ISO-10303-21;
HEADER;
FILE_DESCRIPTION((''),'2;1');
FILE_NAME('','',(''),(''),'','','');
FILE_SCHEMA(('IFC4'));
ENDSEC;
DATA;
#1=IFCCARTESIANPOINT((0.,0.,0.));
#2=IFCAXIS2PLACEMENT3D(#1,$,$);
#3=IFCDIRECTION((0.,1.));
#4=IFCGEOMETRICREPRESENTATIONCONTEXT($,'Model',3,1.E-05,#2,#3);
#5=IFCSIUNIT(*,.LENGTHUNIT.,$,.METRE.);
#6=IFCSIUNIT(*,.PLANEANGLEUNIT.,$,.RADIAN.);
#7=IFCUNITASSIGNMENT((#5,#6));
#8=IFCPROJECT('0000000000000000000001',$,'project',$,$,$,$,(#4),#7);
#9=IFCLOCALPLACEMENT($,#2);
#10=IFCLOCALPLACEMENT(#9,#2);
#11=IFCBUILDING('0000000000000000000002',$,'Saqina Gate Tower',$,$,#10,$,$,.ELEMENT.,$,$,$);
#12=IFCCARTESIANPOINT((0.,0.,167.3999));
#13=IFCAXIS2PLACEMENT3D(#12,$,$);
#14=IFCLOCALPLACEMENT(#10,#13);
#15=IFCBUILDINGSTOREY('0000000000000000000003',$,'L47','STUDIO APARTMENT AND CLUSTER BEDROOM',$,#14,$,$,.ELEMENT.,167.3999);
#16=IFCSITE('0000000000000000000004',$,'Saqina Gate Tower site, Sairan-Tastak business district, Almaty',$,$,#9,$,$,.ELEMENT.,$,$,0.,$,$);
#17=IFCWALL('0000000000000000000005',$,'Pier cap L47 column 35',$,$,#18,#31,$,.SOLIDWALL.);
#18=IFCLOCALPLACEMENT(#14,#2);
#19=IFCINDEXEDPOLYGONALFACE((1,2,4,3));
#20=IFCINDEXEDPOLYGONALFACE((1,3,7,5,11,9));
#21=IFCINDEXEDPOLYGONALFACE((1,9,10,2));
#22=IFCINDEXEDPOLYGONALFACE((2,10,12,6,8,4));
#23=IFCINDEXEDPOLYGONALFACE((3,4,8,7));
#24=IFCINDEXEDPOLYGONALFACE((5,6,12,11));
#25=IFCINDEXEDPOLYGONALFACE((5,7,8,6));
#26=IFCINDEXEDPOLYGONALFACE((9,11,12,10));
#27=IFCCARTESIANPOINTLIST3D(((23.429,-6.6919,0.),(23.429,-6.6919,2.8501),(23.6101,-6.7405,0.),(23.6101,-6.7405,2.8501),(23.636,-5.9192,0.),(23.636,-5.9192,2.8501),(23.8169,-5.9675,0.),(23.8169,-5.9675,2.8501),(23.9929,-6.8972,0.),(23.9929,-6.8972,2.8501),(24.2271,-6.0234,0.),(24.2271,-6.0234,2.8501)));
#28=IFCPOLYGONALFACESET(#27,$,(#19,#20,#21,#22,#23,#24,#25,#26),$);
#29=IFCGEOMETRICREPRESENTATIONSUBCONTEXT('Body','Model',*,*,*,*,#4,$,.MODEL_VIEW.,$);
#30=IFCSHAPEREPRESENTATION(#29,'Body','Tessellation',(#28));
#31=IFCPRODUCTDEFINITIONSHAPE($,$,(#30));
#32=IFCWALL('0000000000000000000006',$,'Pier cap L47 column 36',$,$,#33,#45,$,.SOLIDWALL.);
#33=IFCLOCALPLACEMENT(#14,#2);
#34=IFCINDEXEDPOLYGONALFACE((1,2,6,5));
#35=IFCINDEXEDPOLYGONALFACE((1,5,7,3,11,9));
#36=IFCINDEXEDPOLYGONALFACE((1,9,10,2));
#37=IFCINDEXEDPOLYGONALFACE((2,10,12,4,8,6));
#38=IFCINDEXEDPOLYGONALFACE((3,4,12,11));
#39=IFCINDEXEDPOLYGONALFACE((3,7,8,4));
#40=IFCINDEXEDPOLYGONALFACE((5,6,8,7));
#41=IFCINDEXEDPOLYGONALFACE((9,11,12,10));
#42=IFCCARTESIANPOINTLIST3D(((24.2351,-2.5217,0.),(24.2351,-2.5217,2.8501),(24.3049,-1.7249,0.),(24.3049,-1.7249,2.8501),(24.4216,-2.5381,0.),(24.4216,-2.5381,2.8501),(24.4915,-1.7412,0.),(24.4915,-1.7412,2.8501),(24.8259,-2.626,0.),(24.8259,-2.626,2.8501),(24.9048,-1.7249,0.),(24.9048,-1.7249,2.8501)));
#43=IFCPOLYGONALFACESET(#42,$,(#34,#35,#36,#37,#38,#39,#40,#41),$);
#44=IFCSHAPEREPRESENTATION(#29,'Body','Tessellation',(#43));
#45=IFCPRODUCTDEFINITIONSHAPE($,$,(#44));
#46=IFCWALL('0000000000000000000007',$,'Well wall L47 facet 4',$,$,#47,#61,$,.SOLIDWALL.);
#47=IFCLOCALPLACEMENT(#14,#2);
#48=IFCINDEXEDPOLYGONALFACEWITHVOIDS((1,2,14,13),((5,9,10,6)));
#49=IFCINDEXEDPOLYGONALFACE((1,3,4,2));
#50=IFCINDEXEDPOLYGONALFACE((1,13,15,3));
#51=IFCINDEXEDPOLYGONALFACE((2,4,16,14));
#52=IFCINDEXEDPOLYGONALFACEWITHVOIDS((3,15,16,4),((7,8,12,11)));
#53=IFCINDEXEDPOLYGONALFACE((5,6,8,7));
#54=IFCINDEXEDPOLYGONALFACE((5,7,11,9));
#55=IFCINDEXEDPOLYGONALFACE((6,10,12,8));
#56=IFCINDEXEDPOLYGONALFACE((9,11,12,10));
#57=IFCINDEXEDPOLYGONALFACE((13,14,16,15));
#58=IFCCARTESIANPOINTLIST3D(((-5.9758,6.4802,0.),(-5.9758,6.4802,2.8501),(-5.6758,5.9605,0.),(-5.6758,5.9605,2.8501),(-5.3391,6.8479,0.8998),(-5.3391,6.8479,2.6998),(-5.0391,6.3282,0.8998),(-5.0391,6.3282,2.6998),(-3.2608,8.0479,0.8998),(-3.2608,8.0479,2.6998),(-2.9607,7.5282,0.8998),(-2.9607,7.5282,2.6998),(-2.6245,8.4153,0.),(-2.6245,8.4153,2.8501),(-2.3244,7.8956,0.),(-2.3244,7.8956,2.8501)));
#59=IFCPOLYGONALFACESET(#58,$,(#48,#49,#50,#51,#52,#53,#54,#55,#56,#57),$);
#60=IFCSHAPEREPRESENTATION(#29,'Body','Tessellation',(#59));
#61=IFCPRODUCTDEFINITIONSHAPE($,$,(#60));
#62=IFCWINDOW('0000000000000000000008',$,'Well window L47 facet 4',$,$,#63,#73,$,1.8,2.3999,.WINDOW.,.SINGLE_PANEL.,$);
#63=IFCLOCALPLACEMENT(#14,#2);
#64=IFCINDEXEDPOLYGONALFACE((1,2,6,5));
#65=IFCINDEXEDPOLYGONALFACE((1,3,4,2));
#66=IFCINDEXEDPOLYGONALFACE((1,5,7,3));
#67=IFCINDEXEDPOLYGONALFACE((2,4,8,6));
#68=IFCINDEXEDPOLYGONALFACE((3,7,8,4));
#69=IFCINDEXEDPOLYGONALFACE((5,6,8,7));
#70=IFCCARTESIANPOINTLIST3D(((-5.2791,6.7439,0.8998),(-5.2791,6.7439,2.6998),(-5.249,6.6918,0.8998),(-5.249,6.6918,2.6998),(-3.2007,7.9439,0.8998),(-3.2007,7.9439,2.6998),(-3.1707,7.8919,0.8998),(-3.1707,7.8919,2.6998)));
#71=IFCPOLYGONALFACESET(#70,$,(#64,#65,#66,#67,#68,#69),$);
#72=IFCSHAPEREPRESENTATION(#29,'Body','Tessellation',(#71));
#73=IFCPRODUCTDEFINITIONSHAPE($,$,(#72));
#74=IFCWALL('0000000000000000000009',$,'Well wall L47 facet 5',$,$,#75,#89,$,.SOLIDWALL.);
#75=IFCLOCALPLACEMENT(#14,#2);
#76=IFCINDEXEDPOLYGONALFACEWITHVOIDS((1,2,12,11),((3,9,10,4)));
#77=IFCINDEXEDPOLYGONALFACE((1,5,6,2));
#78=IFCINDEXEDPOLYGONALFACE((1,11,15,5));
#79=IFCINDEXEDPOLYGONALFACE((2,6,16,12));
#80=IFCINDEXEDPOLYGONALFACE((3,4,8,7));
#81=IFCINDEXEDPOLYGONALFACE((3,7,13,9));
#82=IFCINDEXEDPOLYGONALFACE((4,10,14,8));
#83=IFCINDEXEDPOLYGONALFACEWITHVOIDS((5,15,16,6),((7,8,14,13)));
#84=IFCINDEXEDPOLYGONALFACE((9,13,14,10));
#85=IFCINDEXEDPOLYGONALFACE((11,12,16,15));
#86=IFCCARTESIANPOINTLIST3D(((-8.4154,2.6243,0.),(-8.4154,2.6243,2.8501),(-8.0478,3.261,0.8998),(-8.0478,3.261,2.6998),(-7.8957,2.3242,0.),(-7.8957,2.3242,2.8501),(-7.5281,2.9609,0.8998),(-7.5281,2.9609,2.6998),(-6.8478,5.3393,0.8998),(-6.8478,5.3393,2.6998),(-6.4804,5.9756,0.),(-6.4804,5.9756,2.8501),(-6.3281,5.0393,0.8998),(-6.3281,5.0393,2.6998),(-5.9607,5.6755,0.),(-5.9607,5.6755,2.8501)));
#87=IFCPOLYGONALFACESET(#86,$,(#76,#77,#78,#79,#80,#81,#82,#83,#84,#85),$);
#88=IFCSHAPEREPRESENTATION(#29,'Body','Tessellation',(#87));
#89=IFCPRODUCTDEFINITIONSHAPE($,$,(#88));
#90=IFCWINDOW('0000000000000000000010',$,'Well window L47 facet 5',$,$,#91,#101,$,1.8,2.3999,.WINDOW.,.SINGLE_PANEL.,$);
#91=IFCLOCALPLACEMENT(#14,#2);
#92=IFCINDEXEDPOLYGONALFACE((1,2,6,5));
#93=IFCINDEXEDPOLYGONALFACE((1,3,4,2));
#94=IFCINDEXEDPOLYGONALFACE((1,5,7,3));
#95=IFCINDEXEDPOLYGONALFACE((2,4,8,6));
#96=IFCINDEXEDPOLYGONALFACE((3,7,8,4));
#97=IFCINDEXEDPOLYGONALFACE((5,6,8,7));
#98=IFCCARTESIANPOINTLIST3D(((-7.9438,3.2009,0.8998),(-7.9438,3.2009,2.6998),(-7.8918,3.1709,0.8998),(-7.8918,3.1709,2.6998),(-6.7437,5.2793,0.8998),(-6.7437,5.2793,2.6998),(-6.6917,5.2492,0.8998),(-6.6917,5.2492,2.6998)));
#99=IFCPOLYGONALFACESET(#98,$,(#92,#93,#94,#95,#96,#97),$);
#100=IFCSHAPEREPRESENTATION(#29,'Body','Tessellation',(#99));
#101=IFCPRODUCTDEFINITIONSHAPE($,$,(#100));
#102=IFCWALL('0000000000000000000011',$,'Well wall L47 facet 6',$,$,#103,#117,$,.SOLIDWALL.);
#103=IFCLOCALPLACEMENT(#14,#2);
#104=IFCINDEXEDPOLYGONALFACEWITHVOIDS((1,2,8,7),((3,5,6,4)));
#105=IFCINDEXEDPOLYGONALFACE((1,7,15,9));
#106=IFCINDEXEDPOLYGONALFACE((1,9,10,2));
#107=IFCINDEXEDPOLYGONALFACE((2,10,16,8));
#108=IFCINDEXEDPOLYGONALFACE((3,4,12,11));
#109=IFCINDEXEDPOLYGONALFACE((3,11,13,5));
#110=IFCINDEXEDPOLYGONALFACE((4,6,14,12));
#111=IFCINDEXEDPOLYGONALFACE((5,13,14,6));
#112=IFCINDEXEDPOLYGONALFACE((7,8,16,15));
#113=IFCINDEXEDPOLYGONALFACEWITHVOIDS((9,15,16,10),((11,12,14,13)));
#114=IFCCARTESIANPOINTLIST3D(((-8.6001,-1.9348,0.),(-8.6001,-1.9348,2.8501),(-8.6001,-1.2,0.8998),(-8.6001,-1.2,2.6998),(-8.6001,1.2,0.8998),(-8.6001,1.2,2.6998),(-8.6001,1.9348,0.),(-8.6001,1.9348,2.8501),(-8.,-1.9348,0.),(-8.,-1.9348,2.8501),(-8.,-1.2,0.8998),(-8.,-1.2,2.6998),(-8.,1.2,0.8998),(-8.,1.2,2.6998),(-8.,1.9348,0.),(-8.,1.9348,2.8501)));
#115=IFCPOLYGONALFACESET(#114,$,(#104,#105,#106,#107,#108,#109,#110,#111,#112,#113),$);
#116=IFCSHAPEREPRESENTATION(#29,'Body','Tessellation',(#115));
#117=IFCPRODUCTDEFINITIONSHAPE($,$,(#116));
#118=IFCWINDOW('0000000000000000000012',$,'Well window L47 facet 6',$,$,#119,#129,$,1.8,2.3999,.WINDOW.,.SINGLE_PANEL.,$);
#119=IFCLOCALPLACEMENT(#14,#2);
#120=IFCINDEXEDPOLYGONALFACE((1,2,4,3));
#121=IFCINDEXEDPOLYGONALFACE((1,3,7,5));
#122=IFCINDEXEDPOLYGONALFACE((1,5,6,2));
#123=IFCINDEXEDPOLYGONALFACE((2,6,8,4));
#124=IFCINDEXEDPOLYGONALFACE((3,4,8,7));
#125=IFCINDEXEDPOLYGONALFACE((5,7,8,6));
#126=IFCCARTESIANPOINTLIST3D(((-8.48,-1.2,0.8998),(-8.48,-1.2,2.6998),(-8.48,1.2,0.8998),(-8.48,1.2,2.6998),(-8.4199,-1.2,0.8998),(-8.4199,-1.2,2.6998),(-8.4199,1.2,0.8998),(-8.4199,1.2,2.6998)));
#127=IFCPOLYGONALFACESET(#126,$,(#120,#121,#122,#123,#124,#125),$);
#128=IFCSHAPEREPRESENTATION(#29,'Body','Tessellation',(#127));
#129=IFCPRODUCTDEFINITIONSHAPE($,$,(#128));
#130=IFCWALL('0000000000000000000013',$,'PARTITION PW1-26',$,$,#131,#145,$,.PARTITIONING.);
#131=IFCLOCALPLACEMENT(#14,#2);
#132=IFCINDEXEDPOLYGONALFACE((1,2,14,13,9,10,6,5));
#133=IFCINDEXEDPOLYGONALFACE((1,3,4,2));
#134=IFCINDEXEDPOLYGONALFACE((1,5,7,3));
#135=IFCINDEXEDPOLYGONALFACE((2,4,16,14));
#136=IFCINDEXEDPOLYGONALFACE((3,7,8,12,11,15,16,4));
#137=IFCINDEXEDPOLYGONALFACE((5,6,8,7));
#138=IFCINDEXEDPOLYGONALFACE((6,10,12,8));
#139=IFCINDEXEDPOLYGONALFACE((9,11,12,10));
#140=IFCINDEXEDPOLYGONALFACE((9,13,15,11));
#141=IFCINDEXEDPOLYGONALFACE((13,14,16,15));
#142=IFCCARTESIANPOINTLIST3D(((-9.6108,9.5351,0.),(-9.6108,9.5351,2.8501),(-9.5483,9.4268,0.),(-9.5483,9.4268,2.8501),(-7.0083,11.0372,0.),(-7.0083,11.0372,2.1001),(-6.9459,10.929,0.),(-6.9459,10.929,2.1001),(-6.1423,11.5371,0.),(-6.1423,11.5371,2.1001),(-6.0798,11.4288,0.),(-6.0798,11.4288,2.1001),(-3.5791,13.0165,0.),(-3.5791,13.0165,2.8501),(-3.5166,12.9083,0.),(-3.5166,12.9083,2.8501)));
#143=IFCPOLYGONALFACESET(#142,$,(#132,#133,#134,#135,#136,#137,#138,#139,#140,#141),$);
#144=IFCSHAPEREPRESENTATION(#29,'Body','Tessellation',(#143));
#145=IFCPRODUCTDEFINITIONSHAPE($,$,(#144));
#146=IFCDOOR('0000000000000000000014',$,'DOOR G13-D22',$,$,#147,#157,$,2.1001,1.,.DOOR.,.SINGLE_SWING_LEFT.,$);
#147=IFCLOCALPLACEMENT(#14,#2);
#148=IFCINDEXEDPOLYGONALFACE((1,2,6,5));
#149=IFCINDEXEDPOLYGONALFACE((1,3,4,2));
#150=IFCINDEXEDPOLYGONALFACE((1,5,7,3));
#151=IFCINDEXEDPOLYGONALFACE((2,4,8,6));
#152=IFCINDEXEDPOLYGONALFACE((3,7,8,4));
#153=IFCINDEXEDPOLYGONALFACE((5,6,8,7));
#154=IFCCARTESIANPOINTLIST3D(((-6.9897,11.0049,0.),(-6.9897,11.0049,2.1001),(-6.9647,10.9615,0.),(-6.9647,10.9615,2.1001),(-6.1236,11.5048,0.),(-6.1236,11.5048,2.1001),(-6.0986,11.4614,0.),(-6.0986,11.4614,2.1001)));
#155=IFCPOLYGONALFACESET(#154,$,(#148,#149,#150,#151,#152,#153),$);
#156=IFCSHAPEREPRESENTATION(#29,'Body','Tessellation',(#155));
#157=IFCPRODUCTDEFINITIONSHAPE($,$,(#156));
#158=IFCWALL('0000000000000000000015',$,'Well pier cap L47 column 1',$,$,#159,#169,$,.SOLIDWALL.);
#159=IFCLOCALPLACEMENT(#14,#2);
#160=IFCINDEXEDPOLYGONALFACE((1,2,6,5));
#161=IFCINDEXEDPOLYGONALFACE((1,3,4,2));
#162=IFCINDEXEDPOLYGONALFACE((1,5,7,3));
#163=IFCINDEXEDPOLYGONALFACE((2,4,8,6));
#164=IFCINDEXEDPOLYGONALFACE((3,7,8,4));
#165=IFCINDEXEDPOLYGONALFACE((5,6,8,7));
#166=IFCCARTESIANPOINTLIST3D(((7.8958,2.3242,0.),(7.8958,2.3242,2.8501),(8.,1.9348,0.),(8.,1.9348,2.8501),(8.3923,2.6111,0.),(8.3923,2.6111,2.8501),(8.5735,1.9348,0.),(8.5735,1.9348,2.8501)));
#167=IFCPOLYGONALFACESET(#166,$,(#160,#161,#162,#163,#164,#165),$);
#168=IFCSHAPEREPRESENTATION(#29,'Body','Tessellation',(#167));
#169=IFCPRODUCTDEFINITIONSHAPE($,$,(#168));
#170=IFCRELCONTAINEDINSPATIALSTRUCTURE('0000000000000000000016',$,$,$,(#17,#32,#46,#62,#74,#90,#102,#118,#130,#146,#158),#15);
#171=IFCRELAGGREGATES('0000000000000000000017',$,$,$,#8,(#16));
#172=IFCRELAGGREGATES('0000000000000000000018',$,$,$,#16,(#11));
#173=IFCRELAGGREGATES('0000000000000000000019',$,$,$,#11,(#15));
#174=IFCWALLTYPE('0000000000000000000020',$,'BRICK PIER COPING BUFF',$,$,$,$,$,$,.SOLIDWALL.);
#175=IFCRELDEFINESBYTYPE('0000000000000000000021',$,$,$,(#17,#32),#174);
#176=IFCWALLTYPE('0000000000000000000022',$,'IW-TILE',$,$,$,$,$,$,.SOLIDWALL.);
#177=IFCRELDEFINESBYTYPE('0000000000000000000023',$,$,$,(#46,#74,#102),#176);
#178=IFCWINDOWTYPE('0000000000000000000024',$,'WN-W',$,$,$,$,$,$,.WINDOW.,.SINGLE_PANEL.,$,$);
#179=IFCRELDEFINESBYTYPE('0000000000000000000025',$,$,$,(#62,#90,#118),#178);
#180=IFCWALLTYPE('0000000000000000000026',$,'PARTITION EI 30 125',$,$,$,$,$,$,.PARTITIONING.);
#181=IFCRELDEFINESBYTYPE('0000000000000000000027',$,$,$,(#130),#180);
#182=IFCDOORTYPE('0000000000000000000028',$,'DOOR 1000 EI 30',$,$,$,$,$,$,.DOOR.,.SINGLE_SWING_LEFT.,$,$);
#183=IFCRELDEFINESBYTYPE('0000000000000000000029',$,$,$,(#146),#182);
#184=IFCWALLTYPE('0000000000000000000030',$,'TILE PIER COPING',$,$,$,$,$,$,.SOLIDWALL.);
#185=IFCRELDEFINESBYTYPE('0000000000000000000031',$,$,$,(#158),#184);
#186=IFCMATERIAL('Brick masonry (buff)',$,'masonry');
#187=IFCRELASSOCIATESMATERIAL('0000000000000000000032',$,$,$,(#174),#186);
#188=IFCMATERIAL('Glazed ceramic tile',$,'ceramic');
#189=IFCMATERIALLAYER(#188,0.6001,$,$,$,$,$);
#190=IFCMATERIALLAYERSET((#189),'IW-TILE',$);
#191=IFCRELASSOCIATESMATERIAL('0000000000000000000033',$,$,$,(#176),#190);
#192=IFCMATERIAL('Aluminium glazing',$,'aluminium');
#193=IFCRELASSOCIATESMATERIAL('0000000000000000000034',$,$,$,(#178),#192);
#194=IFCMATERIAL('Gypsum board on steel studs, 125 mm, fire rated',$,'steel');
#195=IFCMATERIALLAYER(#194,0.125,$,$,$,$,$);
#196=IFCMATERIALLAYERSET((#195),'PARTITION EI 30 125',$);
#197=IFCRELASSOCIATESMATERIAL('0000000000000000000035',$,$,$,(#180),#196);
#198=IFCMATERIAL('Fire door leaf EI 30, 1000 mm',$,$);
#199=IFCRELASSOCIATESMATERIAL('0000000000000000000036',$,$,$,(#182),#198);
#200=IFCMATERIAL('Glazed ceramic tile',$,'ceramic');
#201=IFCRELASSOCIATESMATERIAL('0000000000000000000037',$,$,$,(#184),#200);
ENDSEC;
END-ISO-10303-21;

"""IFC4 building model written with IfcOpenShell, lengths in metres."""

from ifc_helpers import new_model, si_unit, direction, frame, frame_2d, origin, place, context, subcontext, project, spatial, polyline, rectangle, outline, extrude, material, layer, layer_set, type_object, element, fill, save


model = new_model("IFC4")

# Units and contexts
model_context = context("Model", 3, precision=1e-05, world=origin(), true_north=direction((0.0, 1.0)))
body_context = subcontext(model_context, "Body", "Model", "MODEL_VIEW")
ifc_project = project(units=[si_unit("LENGTHUNIT", "METRE"), si_unit("PLANEANGLEUNIT", "RADIAN")], contexts=[model_context])

# Site, building, storey
site_placement = place(None, origin())
site = spatial("IfcSite", under=ifc_project, at=site_placement, Name="Saqina Gate Tower site, Sairan-Tastak business district, Almaty", CompositionType="ELEMENT", RefElevation=0.0)
building_placement = place(site_placement, origin())
building = spatial("IfcBuilding", under=site, at=building_placement, Name="Saqina Gate Tower", CompositionType="ELEMENT")
storey_placement = place(building_placement, frame((0.0, 0.0, 167.3999)))
storey = spatial("IfcBuildingStorey", under=building, at=storey_placement, Name="L47", Description="STUDIO APARTMENT AND CLUSTER BEDROOM", CompositionType="ELEMENT", Elevation=167.3999)

# Walls
ifc_material_1 = material(Name="Brick masonry (buff)", Category="masonry")
wall_type_1 = type_object("IfcWallType", Name="BRICK PIER COPING BUFF", PredefinedType="SOLIDWALL", material=ifc_material_1)
wall_1_placement = place(storey_placement, origin())
element("IfcWall", 1, at=wall_1_placement, inside=storey, type_object=wall_type_1, Name="Pier cap L47 column 35", PredefinedType="SOLIDWALL", context=body_context, shape_type="SweptSolid", body=[
    extrude(outline(polyline([(24.2271, -6.0234), (23.636, -5.9192), (23.8169, -5.9675), (23.6101, -6.7405), (23.429, -6.6919), (23.9929, -6.8972), (24.2271, -6.0234)])), origin(), (0.0, 0.0, 1.0), 2.8501),
])
wall_2_placement = place(storey_placement, origin())
element("IfcWall", 2, at=wall_2_placement, inside=storey, type_object=wall_type_1, Name="Pier cap L47 column 36", PredefinedType="SOLIDWALL", context=body_context, shape_type="SweptSolid", body=[
    extrude(outline(polyline([(24.8259, -2.626), (24.9048, -1.7249), (24.3049, -1.7249), (24.4915, -1.7412), (24.4216, -2.5381), (24.2351, -2.5217), (24.8259, -2.626)])), origin(), (0.0, 0.0, 1.0), 2.8501),
])

# Walls, openings, windows
ifc_material_2 = material(Name="Glazed ceramic tile", Category="ceramic")
ifc_layer_1 = layer(ifc_material_2, 0.6001)
ifc_layer_set_1 = layer_set([ifc_layer_1], Name="IW-TILE")
wall_type_2 = type_object("IfcWallType", Name="IW-TILE", PredefinedType="SOLIDWALL", material=ifc_layer_set_1)
wall_3_placement = place(storey_placement, frame((-2.4744, 8.1555, 0.0), z_axis=(0.0, 0.0, 1.0), x_axis=(-0.866006, -0.500034, 0.0)))
wall_3 = element("IfcWall", 3, at=wall_3_placement, inside=storey, type_object=wall_type_2, Name="Well wall L47 facet 4", PredefinedType="SOLIDWALL", context=body_context, shape_type="SweptSolid", body=[
    extrude(rectangle(XDim=3.8699, YDim=0.6001, at=frame_2d((1.9351, 0.0))), origin(), (0.0, 0.0, 1.0), 2.8501),
])
opening_1_placement = place(wall_3_placement, frame((0.7349, 0.0, 0.8999)))
opening_1 = element("IfcOpeningElement", 4, at=opening_1_placement, cuts=wall_3, PredefinedType="OPENING", context=body_context, shape_type="SweptSolid", body=[
    extrude(rectangle(XDim=2.3999, YDim=1.8, at=frame_2d((1.2, 0.8999))), frame((0.0, 0.312, 0.0), z_axis=(0.0, -1.0, 0.0), x_axis=(1.0, 0.0, 0.0)), (0.0, 0.0, 1.0), 0.624),
])
ifc_material_3 = material(Name="Aluminium glazing", Category="aluminium")
window_type = type_object("IfcWindowType", Name="WN-W", PartitioningType="SINGLE_PANEL", PredefinedType="WINDOW", material=ifc_material_3)
window_1_placement = place(opening_1_placement, origin())
window_1 = element("IfcWindow", 5, at=window_1_placement, inside=storey, type_object=window_type, Name="Well window L47 facet 4", OverallHeight=1.8, OverallWidth=2.3999, PartitioningType="SINGLE_PANEL", PredefinedType="WINDOW", context=body_context, shape_type="SweptSolid", body=[
    extrude(rectangle(XDim=2.3999, YDim=1.8, at=frame_2d((1.2, 0.8999))), frame((0.0, -0.1199, 0.0), z_axis=(0.0, -1.0, 0.0), x_axis=(1.0, 0.0, 0.0)), (0.0, 0.0, 1.0), 0.0601),
])
fill(opening_1, window_1)
wall_4_placement = place(storey_placement, frame((-6.2205, 5.8257, 0.0), z_axis=(0.0, 0.0, 1.0), x_axis=(-0.500034, -0.866006, 0.0)))
wall_4 = element("IfcWall", 6, at=wall_4_placement, inside=storey, type_object=wall_type_2, Name="Well wall L47 facet 5", PredefinedType="SOLIDWALL", context=body_context, shape_type="SweptSolid", body=[
    extrude(rectangle(XDim=3.8699, YDim=0.6001, at=frame_2d((1.9351, 0.0))), origin(), (0.0, 0.0, 1.0), 2.8501),
])
opening_2_placement = place(wall_4_placement, frame((0.7349, 0.0, 0.8999)))
opening_2 = element("IfcOpeningElement", 7, at=opening_2_placement, cuts=wall_4, PredefinedType="OPENING", context=body_context, shape_type="SweptSolid", body=[
    extrude(rectangle(XDim=2.3999, YDim=1.8, at=frame_2d((1.2, 0.8999))), frame((0.0, 0.312, 0.0), z_axis=(0.0, -1.0, 0.0), x_axis=(1.0, 0.0, 0.0)), (0.0, 0.0, 1.0), 0.624),
])
window_2_placement = place(opening_2_placement, origin())
window_2 = element("IfcWindow", 8, at=window_2_placement, inside=storey, type_object=window_type, Name="Well window L47 facet 5", OverallHeight=1.8, OverallWidth=2.3999, PartitioningType="SINGLE_PANEL", PredefinedType="WINDOW", context=body_context, shape_type="SweptSolid", body=[
    extrude(rectangle(XDim=2.3999, YDim=1.8, at=frame_2d((1.2, 0.8999))), frame((0.0, -0.1199, 0.0), z_axis=(0.0, -1.0, 0.0), x_axis=(1.0, 0.0, 0.0)), (0.0, 0.0, 1.0), 0.0601),
])
fill(opening_2, window_2)
wall_5_placement = place(storey_placement, frame((-8.3, 1.9348, 0.0), z_axis=(0.0, 0.0, 1.0), x_axis=(0.0, -1.0, 0.0)))
wall_5 = element("IfcWall", 9, at=wall_5_placement, inside=storey, type_object=wall_type_2, Name="Well wall L47 facet 6", PredefinedType="SOLIDWALL", context=body_context, shape_type="SweptSolid", body=[
    extrude(rectangle(XDim=3.8696, YDim=0.6001, at=frame_2d((1.9348, 0.0))), origin(), (0.0, 0.0, 1.0), 2.8501),
])
opening_3_placement = place(wall_5_placement, frame((0.7349, 0.0, 0.8999)))
opening_3 = element("IfcOpeningElement", 10, at=opening_3_placement, cuts=wall_5, PredefinedType="OPENING", context=body_context, shape_type="SweptSolid", body=[
    extrude(rectangle(XDim=2.3999, YDim=1.8, at=frame_2d((1.2, 0.8999))), frame((0.0, 0.312, 0.0), z_axis=(0.0, -1.0, 0.0), x_axis=(1.0, 0.0, 0.0)), (0.0, 0.0, 1.0), 0.624),
])
window_3_placement = place(opening_3_placement, origin())
window_3 = element("IfcWindow", 11, at=window_3_placement, inside=storey, type_object=window_type, Name="Well window L47 facet 6", OverallHeight=1.8, OverallWidth=2.3999, PartitioningType="SINGLE_PANEL", PredefinedType="WINDOW", context=body_context, shape_type="SweptSolid", body=[
    extrude(rectangle(XDim=2.3999, YDim=1.8, at=frame_2d((1.2, 0.8999))), frame((0.0, -0.1199, 0.0), z_axis=(0.0, -1.0, 0.0), x_axis=(1.0, 0.0, 0.0)), (0.0, 0.0, 1.0), 0.0601),
])
fill(opening_3, window_3)

# Wall, opening, door
ifc_material_4 = material(Name="Gypsum board on steel studs, 125 mm, fire rated", Category="steel")
ifc_layer_2 = layer(ifc_material_4, 0.125)
ifc_layer_set_2 = layer_set([ifc_layer_2], Name="PARTITION EI 30 125")
wall_type_3 = type_object("IfcWallType", Name="PARTITION EI 30 125", PredefinedType="PARTITIONING", material=ifc_layer_set_2)
wall_6_placement = place(storey_placement, frame((-9.5796, 9.481, 0.0), z_axis=(0.0, 0.0, 1.0), x_axis=(0.866086, 0.499894, 0.0)))
wall_6 = element("IfcWall", 12, at=wall_6_placement, inside=storey, type_object=wall_type_3, Name="PARTITION PW1-26", PredefinedType="PARTITIONING", context=body_context, shape_type="SweptSolid", body=[
    extrude(rectangle(XDim=6.9644, YDim=0.125, at=frame_2d((3.4822, 0.0))), origin(), (0.0, 0.0, 1.0), 2.8501),
])
opening_4_placement = place(wall_6_placement, frame((3.0049, 0.0, 0.0)))
opening_4 = element("IfcOpeningElement", 13, at=opening_4_placement, cuts=wall_6, PredefinedType="OPENING", context=body_context, shape_type="SweptSolid", body=[
    extrude(rectangle(XDim=1.0, YDim=2.1001, at=frame_2d((0.5, 1.05))), frame((0.0, 0.0745, 0.0), z_axis=(0.0, -1.0, 0.0), x_axis=(1.0, 0.0, 0.0)), (0.0, 0.0, 1.0), 0.1489),
])
ifc_material_5 = material(Name="Fire door leaf EI 30, 1000 mm")
door_type = type_object("IfcDoorType", Name="DOOR 1000 EI 30", OperationType="SINGLE_SWING_LEFT", PredefinedType="DOOR", material=ifc_material_5)
door_placement = place(opening_4_placement, frame((1.0, 0.0, 0.0), z_axis=(0.0, 0.0, 1.0), x_axis=(-1.0, 0.0, 0.0)))
door = element("IfcDoor", 14, at=door_placement, inside=storey, type_object=door_type, Name="DOOR G13-D22", OperationType="SINGLE_SWING_LEFT", OverallHeight=2.1001, OverallWidth=1.0, PredefinedType="DOOR", context=body_context, shape_type="SweptSolid", body=[
    extrude(rectangle(XDim=1.0, YDim=2.1001, at=frame_2d((0.5, 1.05))), frame((0.0, 0.0249, 0.0), z_axis=(0.0, -1.0, 0.0), x_axis=(1.0, 0.0, 0.0)), (0.0, 0.0, 1.0), 0.05),
])
fill(opening_4, door)

# Wall
ifc_material_6 = material(Name="Glazed ceramic tile", Category="ceramic")
wall_type_4 = type_object("IfcWallType", Name="TILE PIER COPING", PredefinedType="SOLIDWALL", material=ifc_material_6)
wall_7_placement = place(storey_placement, origin())
element("IfcWall", 15, at=wall_7_placement, inside=storey, type_object=wall_type_4, Name="Well pier cap L47 column 1", PredefinedType="SOLIDWALL", context=body_context, shape_type="SweptSolid", body=[
    extrude(outline(polyline([(8.3923, 2.6111), (7.8958, 2.3242), (8.0, 1.9348), (8.5735, 1.9348), (8.3923, 2.6111)])), origin(), (0.0, 0.0, 1.0), 2.8501),
])

save(model, "model.ifc")
